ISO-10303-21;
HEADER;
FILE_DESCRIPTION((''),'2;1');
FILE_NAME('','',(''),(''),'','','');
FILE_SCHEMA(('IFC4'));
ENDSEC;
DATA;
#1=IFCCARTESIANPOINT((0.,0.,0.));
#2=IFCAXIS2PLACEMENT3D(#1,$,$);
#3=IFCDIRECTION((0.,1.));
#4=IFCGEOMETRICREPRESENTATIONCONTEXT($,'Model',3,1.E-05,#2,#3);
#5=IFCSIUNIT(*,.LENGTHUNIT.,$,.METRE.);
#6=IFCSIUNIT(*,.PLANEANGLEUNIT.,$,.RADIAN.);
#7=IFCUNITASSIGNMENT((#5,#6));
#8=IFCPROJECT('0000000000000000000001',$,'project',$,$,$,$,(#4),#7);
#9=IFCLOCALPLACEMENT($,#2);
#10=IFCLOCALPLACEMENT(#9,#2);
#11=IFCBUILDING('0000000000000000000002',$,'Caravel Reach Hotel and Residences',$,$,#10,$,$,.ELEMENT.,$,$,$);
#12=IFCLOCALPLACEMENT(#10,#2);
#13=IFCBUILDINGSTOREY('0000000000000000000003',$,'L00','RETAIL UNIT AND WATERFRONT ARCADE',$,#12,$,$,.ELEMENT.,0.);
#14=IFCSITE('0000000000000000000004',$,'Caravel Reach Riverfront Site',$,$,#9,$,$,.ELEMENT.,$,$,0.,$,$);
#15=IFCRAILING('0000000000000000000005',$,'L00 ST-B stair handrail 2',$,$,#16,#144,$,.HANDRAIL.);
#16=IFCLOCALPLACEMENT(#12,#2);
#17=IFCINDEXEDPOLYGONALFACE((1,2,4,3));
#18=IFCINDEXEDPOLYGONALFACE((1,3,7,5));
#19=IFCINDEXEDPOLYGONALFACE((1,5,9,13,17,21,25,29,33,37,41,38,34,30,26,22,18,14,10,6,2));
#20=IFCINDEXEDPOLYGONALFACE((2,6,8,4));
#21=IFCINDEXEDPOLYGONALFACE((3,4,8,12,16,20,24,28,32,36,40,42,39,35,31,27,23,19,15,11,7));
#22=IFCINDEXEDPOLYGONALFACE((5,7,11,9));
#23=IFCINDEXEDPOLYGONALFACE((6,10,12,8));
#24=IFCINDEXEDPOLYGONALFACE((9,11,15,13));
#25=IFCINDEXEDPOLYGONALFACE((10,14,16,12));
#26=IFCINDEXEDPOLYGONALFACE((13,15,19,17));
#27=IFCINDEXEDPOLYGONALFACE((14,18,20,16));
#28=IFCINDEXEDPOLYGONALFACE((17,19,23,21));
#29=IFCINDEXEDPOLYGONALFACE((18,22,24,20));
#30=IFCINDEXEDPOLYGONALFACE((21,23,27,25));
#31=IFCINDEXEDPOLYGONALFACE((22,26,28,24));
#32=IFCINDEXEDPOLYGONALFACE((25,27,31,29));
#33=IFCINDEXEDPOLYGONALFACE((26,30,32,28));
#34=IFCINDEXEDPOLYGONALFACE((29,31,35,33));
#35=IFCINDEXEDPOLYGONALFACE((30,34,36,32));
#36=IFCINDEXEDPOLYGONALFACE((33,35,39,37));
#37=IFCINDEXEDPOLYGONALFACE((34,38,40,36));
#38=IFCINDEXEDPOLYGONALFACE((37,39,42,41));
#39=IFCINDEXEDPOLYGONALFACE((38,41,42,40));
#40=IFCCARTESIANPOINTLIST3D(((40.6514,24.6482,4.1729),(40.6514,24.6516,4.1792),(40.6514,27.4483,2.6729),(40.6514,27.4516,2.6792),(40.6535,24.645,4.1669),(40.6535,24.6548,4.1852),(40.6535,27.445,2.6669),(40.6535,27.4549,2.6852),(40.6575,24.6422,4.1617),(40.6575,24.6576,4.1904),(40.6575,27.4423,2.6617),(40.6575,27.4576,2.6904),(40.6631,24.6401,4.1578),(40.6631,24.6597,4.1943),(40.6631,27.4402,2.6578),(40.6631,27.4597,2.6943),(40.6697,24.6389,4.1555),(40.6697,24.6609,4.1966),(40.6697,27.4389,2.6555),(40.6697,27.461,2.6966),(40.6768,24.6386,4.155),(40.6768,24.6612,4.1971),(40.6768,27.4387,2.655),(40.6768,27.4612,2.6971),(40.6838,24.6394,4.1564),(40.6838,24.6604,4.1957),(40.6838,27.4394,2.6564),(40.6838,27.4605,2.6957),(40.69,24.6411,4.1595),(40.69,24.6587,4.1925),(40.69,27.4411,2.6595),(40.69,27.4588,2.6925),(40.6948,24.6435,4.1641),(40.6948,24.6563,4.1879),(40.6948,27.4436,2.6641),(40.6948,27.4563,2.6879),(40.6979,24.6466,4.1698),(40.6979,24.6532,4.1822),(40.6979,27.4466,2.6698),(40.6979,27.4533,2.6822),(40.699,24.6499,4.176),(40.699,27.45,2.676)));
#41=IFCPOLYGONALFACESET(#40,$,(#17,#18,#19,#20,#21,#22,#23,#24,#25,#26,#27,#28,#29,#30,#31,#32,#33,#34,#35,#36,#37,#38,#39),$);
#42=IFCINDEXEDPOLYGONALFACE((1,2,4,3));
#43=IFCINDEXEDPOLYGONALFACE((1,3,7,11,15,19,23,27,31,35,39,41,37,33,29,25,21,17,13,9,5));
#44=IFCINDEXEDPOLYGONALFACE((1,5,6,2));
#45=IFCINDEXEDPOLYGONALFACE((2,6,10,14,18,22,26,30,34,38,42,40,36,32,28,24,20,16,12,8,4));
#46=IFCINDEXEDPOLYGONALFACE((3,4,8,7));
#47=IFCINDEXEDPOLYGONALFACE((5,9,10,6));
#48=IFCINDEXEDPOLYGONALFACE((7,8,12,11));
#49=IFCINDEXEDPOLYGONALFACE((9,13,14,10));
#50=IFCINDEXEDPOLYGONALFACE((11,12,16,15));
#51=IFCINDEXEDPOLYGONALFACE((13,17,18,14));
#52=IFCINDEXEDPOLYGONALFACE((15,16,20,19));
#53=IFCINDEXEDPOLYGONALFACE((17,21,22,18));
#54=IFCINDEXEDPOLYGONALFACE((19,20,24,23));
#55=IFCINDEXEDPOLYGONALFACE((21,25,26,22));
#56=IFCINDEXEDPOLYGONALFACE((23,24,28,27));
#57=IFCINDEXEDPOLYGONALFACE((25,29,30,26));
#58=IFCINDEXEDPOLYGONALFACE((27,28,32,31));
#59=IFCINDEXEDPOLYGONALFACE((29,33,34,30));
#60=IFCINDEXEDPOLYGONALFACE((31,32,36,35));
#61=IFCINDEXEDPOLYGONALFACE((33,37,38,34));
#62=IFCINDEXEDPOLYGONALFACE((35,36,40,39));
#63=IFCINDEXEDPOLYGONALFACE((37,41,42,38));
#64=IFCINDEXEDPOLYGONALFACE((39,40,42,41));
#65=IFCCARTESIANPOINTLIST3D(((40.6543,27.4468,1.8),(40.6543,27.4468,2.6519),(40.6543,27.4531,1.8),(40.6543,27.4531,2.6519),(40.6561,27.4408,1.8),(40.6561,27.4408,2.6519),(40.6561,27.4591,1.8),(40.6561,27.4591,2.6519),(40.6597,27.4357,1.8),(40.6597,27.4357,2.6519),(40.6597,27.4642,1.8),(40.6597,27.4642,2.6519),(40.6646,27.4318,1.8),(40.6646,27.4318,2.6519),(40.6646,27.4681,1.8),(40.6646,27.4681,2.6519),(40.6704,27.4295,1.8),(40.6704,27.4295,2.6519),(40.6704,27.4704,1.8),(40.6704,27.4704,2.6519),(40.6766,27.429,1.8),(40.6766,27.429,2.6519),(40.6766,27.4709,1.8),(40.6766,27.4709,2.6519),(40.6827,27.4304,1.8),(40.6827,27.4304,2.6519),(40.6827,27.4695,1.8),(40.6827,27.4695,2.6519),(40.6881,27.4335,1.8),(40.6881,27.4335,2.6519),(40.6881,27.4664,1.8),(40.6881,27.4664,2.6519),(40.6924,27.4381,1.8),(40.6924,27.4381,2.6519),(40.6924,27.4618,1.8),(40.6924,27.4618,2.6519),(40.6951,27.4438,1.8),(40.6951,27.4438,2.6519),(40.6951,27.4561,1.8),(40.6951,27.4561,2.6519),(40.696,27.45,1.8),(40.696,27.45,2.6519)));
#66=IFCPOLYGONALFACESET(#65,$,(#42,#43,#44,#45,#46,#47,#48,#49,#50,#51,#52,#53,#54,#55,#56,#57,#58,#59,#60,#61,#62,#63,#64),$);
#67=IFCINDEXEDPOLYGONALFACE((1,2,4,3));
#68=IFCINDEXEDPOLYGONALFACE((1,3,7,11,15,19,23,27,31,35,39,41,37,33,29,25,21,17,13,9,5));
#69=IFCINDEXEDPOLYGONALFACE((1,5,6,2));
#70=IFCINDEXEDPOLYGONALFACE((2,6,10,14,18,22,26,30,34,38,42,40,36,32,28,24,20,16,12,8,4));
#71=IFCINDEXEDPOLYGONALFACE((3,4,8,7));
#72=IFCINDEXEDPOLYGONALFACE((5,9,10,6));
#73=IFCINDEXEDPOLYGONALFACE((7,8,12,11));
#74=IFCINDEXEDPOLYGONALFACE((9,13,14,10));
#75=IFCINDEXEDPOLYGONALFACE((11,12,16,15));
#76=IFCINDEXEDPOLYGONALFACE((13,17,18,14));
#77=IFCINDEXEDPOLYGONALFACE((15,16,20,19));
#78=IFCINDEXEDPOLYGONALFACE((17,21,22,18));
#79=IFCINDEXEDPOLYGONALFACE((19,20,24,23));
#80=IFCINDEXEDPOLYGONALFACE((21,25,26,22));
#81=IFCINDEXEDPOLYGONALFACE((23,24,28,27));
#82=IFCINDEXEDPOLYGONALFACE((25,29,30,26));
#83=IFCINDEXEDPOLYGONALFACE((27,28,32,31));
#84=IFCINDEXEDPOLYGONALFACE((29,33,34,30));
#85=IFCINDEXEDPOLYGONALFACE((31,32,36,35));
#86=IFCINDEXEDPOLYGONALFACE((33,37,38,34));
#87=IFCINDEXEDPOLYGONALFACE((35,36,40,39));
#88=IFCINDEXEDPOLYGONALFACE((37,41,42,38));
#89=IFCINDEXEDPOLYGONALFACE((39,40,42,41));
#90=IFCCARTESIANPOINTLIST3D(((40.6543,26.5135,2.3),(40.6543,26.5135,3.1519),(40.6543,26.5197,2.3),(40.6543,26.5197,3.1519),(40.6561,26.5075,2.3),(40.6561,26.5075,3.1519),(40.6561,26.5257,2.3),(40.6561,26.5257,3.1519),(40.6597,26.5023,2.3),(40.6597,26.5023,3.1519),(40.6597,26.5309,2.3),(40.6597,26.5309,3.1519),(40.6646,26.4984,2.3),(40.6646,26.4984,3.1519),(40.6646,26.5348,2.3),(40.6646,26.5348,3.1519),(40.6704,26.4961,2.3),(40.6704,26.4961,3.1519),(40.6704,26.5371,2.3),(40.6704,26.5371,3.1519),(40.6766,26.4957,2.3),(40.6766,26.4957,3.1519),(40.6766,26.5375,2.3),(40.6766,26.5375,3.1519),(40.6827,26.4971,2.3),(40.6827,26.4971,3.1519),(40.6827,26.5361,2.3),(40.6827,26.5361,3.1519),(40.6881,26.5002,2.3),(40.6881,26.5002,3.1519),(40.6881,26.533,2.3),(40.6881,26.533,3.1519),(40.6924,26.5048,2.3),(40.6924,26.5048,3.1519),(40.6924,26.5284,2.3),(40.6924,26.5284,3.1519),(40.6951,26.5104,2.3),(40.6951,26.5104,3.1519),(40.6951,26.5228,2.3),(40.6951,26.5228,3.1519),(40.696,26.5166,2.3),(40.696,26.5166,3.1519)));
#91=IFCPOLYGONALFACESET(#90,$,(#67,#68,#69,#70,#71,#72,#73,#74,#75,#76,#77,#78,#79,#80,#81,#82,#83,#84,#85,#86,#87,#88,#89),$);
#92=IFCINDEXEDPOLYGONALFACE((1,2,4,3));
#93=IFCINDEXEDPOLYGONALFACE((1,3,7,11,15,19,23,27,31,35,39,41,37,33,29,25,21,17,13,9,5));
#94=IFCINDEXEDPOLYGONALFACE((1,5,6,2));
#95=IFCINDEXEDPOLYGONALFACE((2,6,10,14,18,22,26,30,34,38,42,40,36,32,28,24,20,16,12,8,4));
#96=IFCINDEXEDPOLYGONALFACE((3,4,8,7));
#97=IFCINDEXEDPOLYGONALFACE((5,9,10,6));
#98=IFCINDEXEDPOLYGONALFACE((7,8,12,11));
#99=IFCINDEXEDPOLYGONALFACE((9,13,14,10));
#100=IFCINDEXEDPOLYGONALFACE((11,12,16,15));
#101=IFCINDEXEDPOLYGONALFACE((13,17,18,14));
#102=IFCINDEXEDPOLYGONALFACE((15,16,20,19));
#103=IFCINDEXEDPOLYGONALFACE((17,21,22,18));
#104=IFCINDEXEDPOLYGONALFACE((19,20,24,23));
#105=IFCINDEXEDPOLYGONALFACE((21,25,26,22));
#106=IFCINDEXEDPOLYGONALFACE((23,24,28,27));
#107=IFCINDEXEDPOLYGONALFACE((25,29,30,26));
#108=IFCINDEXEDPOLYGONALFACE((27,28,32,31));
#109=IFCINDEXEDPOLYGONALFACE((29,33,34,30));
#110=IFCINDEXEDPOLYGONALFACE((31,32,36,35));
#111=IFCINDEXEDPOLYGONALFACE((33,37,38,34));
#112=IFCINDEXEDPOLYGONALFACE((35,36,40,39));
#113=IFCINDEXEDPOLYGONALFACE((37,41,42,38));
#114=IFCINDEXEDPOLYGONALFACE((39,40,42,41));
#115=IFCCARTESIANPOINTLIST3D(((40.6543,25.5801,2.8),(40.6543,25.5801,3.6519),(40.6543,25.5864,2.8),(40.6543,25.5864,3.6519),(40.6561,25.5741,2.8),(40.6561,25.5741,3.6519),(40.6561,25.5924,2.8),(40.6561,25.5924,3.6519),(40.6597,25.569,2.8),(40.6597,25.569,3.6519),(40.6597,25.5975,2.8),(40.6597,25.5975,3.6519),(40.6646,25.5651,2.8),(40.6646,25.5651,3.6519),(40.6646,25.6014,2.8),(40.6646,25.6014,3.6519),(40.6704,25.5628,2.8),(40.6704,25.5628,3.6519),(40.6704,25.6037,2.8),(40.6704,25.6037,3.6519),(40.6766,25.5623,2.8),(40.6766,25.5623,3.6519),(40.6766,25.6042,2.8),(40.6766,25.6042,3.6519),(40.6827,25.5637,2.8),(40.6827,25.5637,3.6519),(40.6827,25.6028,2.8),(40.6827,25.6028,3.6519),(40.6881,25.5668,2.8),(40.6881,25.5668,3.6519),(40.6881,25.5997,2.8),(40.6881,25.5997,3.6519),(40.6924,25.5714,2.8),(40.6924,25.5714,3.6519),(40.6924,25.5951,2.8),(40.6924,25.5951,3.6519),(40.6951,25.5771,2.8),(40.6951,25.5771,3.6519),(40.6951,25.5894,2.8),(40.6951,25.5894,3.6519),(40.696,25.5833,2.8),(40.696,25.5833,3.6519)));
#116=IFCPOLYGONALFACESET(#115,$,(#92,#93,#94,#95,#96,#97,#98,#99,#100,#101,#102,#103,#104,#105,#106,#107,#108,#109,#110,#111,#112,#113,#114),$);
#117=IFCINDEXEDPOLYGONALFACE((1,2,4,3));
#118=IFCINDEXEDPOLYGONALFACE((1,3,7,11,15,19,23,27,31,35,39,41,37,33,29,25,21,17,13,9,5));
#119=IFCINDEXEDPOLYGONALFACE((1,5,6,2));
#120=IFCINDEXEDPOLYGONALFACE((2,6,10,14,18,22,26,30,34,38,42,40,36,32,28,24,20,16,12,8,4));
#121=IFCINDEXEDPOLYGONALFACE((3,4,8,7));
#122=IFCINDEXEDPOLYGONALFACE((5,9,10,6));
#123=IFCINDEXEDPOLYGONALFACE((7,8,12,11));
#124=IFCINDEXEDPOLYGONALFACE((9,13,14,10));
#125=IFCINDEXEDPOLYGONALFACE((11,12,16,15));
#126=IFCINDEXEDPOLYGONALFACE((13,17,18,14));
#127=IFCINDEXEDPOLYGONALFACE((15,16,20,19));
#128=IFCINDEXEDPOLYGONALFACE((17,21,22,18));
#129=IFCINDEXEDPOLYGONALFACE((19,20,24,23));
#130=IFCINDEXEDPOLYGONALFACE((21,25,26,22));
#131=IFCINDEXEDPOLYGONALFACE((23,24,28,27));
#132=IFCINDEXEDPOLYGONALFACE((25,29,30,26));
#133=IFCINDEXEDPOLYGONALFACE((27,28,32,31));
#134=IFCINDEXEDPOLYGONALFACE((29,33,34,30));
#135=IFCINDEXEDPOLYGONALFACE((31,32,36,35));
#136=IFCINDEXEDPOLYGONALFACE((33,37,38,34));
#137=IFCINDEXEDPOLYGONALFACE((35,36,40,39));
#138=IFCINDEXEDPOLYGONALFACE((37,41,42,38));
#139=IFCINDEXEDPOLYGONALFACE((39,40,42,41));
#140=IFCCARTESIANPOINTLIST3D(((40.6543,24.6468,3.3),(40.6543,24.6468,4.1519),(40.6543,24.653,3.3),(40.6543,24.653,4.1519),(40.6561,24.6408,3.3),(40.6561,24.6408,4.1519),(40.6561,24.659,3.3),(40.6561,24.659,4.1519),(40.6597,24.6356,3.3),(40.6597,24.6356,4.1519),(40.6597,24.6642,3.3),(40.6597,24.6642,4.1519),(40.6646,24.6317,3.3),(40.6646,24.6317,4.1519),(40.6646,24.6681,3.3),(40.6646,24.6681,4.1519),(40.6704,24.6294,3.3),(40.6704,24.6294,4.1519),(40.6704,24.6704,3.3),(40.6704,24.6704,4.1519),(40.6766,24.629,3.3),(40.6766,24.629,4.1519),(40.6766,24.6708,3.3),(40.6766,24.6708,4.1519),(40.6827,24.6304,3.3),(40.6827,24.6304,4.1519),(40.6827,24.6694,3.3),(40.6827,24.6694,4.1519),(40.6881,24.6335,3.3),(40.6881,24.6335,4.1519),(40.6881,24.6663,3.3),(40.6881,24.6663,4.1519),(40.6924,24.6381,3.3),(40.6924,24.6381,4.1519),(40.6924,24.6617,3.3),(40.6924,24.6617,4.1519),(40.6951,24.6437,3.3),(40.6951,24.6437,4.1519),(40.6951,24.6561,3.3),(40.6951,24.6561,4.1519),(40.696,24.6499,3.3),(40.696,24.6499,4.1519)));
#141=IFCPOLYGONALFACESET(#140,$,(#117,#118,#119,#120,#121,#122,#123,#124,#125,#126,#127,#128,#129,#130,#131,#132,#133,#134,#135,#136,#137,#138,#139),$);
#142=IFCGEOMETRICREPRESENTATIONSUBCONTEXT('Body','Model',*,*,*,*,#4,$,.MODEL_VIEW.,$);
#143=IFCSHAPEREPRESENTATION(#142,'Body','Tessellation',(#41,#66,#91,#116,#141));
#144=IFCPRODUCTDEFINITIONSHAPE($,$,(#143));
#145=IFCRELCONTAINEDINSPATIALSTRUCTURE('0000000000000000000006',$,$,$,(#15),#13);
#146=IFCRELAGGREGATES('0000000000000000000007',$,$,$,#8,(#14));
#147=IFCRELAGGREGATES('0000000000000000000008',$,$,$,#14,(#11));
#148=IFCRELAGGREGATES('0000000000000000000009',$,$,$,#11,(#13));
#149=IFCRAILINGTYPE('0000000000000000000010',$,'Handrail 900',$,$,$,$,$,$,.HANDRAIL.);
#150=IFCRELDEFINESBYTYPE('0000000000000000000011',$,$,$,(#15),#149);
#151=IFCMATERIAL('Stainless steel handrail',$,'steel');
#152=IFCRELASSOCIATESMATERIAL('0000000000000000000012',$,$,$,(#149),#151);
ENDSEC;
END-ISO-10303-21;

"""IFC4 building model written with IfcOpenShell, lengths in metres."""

from ifc_helpers import new_model, si_unit, direction, frame, origin, origin_2d, place, context, subcontext, project, spatial, circle, extrude, material, type_object, element, save


model = new_model("IFC4")

# Units and contexts
model_context = context("Model", 3, precision=1e-05, world=origin(), true_north=direction((0.0, 1.0)))
body_context = subcontext(model_context, "Body", "Model", "MODEL_VIEW")
ifc_project = project(units=[si_unit("LENGTHUNIT", "METRE"), si_unit("PLANEANGLEUNIT", "RADIAN")], contexts=[model_context])

# Site, building, storey
site_placement = place(None, origin())
site = spatial("IfcSite", under=ifc_project, at=site_placement, Name="Caravel Reach Riverfront Site", CompositionType="ELEMENT", RefElevation=0.0)
building_placement = place(site_placement, origin())
building = spatial("IfcBuilding", under=site, at=building_placement, Name="Caravel Reach Hotel and Residences", CompositionType="ELEMENT")
storey_placement = place(building_placement, origin())
storey = spatial("IfcBuildingStorey", under=building, at=storey_placement, Name="L00", Description="RETAIL UNIT AND WATERFRONT ARCADE", CompositionType="ELEMENT", Elevation=0.0)

# Railing
ifc_material_1 = material(Name="Stainless steel handrail", Category="steel")
railing_type_1 = type_object("IfcRailingType", Name="Handrail 900", PredefinedType="HANDRAIL", material=ifc_material_1)
for number, where, name in (
    (1, (40.675, 27.45, 1.8), "L00 ST-B stair handrail 2"),
):
    element("IfcRailing", number, at=place(storey_placement, frame(where)), inside=storey, type_object=railing_type_1, Name=name, PredefinedType="HANDRAIL", context=body_context, shape_type="SweptSolid", body=[
        extrude(circle(Radius=0.0239, at=origin_2d()), frame((0.0, 0.0, 0.876), z_axis=(0.0, -0.881483, 0.472215), x_axis=(1.0, 0.0, 0.0)), (0.0, 0.0, 1.0), 3.1765),
        extrude(circle(Radius=0.021, at=origin_2d()), origin(), (0.0, 0.0, 1.0), 0.8518),
        extrude(circle(Radius=0.021, at=origin_2d()), frame((0.0, -0.9333, 0.5)), (0.0, 0.0, 1.0), 0.8518),
        extrude(circle(Radius=0.021, at=origin_2d()), frame((0.0, -1.8667, 1.0)), (0.0, 0.0, 1.0), 0.8518),
        extrude(circle(Radius=0.021, at=origin_2d()), frame((0.0, -2.8, 1.5)), (0.0, 0.0, 1.0), 0.8518),
    ])

save(model, "model.ifc")
